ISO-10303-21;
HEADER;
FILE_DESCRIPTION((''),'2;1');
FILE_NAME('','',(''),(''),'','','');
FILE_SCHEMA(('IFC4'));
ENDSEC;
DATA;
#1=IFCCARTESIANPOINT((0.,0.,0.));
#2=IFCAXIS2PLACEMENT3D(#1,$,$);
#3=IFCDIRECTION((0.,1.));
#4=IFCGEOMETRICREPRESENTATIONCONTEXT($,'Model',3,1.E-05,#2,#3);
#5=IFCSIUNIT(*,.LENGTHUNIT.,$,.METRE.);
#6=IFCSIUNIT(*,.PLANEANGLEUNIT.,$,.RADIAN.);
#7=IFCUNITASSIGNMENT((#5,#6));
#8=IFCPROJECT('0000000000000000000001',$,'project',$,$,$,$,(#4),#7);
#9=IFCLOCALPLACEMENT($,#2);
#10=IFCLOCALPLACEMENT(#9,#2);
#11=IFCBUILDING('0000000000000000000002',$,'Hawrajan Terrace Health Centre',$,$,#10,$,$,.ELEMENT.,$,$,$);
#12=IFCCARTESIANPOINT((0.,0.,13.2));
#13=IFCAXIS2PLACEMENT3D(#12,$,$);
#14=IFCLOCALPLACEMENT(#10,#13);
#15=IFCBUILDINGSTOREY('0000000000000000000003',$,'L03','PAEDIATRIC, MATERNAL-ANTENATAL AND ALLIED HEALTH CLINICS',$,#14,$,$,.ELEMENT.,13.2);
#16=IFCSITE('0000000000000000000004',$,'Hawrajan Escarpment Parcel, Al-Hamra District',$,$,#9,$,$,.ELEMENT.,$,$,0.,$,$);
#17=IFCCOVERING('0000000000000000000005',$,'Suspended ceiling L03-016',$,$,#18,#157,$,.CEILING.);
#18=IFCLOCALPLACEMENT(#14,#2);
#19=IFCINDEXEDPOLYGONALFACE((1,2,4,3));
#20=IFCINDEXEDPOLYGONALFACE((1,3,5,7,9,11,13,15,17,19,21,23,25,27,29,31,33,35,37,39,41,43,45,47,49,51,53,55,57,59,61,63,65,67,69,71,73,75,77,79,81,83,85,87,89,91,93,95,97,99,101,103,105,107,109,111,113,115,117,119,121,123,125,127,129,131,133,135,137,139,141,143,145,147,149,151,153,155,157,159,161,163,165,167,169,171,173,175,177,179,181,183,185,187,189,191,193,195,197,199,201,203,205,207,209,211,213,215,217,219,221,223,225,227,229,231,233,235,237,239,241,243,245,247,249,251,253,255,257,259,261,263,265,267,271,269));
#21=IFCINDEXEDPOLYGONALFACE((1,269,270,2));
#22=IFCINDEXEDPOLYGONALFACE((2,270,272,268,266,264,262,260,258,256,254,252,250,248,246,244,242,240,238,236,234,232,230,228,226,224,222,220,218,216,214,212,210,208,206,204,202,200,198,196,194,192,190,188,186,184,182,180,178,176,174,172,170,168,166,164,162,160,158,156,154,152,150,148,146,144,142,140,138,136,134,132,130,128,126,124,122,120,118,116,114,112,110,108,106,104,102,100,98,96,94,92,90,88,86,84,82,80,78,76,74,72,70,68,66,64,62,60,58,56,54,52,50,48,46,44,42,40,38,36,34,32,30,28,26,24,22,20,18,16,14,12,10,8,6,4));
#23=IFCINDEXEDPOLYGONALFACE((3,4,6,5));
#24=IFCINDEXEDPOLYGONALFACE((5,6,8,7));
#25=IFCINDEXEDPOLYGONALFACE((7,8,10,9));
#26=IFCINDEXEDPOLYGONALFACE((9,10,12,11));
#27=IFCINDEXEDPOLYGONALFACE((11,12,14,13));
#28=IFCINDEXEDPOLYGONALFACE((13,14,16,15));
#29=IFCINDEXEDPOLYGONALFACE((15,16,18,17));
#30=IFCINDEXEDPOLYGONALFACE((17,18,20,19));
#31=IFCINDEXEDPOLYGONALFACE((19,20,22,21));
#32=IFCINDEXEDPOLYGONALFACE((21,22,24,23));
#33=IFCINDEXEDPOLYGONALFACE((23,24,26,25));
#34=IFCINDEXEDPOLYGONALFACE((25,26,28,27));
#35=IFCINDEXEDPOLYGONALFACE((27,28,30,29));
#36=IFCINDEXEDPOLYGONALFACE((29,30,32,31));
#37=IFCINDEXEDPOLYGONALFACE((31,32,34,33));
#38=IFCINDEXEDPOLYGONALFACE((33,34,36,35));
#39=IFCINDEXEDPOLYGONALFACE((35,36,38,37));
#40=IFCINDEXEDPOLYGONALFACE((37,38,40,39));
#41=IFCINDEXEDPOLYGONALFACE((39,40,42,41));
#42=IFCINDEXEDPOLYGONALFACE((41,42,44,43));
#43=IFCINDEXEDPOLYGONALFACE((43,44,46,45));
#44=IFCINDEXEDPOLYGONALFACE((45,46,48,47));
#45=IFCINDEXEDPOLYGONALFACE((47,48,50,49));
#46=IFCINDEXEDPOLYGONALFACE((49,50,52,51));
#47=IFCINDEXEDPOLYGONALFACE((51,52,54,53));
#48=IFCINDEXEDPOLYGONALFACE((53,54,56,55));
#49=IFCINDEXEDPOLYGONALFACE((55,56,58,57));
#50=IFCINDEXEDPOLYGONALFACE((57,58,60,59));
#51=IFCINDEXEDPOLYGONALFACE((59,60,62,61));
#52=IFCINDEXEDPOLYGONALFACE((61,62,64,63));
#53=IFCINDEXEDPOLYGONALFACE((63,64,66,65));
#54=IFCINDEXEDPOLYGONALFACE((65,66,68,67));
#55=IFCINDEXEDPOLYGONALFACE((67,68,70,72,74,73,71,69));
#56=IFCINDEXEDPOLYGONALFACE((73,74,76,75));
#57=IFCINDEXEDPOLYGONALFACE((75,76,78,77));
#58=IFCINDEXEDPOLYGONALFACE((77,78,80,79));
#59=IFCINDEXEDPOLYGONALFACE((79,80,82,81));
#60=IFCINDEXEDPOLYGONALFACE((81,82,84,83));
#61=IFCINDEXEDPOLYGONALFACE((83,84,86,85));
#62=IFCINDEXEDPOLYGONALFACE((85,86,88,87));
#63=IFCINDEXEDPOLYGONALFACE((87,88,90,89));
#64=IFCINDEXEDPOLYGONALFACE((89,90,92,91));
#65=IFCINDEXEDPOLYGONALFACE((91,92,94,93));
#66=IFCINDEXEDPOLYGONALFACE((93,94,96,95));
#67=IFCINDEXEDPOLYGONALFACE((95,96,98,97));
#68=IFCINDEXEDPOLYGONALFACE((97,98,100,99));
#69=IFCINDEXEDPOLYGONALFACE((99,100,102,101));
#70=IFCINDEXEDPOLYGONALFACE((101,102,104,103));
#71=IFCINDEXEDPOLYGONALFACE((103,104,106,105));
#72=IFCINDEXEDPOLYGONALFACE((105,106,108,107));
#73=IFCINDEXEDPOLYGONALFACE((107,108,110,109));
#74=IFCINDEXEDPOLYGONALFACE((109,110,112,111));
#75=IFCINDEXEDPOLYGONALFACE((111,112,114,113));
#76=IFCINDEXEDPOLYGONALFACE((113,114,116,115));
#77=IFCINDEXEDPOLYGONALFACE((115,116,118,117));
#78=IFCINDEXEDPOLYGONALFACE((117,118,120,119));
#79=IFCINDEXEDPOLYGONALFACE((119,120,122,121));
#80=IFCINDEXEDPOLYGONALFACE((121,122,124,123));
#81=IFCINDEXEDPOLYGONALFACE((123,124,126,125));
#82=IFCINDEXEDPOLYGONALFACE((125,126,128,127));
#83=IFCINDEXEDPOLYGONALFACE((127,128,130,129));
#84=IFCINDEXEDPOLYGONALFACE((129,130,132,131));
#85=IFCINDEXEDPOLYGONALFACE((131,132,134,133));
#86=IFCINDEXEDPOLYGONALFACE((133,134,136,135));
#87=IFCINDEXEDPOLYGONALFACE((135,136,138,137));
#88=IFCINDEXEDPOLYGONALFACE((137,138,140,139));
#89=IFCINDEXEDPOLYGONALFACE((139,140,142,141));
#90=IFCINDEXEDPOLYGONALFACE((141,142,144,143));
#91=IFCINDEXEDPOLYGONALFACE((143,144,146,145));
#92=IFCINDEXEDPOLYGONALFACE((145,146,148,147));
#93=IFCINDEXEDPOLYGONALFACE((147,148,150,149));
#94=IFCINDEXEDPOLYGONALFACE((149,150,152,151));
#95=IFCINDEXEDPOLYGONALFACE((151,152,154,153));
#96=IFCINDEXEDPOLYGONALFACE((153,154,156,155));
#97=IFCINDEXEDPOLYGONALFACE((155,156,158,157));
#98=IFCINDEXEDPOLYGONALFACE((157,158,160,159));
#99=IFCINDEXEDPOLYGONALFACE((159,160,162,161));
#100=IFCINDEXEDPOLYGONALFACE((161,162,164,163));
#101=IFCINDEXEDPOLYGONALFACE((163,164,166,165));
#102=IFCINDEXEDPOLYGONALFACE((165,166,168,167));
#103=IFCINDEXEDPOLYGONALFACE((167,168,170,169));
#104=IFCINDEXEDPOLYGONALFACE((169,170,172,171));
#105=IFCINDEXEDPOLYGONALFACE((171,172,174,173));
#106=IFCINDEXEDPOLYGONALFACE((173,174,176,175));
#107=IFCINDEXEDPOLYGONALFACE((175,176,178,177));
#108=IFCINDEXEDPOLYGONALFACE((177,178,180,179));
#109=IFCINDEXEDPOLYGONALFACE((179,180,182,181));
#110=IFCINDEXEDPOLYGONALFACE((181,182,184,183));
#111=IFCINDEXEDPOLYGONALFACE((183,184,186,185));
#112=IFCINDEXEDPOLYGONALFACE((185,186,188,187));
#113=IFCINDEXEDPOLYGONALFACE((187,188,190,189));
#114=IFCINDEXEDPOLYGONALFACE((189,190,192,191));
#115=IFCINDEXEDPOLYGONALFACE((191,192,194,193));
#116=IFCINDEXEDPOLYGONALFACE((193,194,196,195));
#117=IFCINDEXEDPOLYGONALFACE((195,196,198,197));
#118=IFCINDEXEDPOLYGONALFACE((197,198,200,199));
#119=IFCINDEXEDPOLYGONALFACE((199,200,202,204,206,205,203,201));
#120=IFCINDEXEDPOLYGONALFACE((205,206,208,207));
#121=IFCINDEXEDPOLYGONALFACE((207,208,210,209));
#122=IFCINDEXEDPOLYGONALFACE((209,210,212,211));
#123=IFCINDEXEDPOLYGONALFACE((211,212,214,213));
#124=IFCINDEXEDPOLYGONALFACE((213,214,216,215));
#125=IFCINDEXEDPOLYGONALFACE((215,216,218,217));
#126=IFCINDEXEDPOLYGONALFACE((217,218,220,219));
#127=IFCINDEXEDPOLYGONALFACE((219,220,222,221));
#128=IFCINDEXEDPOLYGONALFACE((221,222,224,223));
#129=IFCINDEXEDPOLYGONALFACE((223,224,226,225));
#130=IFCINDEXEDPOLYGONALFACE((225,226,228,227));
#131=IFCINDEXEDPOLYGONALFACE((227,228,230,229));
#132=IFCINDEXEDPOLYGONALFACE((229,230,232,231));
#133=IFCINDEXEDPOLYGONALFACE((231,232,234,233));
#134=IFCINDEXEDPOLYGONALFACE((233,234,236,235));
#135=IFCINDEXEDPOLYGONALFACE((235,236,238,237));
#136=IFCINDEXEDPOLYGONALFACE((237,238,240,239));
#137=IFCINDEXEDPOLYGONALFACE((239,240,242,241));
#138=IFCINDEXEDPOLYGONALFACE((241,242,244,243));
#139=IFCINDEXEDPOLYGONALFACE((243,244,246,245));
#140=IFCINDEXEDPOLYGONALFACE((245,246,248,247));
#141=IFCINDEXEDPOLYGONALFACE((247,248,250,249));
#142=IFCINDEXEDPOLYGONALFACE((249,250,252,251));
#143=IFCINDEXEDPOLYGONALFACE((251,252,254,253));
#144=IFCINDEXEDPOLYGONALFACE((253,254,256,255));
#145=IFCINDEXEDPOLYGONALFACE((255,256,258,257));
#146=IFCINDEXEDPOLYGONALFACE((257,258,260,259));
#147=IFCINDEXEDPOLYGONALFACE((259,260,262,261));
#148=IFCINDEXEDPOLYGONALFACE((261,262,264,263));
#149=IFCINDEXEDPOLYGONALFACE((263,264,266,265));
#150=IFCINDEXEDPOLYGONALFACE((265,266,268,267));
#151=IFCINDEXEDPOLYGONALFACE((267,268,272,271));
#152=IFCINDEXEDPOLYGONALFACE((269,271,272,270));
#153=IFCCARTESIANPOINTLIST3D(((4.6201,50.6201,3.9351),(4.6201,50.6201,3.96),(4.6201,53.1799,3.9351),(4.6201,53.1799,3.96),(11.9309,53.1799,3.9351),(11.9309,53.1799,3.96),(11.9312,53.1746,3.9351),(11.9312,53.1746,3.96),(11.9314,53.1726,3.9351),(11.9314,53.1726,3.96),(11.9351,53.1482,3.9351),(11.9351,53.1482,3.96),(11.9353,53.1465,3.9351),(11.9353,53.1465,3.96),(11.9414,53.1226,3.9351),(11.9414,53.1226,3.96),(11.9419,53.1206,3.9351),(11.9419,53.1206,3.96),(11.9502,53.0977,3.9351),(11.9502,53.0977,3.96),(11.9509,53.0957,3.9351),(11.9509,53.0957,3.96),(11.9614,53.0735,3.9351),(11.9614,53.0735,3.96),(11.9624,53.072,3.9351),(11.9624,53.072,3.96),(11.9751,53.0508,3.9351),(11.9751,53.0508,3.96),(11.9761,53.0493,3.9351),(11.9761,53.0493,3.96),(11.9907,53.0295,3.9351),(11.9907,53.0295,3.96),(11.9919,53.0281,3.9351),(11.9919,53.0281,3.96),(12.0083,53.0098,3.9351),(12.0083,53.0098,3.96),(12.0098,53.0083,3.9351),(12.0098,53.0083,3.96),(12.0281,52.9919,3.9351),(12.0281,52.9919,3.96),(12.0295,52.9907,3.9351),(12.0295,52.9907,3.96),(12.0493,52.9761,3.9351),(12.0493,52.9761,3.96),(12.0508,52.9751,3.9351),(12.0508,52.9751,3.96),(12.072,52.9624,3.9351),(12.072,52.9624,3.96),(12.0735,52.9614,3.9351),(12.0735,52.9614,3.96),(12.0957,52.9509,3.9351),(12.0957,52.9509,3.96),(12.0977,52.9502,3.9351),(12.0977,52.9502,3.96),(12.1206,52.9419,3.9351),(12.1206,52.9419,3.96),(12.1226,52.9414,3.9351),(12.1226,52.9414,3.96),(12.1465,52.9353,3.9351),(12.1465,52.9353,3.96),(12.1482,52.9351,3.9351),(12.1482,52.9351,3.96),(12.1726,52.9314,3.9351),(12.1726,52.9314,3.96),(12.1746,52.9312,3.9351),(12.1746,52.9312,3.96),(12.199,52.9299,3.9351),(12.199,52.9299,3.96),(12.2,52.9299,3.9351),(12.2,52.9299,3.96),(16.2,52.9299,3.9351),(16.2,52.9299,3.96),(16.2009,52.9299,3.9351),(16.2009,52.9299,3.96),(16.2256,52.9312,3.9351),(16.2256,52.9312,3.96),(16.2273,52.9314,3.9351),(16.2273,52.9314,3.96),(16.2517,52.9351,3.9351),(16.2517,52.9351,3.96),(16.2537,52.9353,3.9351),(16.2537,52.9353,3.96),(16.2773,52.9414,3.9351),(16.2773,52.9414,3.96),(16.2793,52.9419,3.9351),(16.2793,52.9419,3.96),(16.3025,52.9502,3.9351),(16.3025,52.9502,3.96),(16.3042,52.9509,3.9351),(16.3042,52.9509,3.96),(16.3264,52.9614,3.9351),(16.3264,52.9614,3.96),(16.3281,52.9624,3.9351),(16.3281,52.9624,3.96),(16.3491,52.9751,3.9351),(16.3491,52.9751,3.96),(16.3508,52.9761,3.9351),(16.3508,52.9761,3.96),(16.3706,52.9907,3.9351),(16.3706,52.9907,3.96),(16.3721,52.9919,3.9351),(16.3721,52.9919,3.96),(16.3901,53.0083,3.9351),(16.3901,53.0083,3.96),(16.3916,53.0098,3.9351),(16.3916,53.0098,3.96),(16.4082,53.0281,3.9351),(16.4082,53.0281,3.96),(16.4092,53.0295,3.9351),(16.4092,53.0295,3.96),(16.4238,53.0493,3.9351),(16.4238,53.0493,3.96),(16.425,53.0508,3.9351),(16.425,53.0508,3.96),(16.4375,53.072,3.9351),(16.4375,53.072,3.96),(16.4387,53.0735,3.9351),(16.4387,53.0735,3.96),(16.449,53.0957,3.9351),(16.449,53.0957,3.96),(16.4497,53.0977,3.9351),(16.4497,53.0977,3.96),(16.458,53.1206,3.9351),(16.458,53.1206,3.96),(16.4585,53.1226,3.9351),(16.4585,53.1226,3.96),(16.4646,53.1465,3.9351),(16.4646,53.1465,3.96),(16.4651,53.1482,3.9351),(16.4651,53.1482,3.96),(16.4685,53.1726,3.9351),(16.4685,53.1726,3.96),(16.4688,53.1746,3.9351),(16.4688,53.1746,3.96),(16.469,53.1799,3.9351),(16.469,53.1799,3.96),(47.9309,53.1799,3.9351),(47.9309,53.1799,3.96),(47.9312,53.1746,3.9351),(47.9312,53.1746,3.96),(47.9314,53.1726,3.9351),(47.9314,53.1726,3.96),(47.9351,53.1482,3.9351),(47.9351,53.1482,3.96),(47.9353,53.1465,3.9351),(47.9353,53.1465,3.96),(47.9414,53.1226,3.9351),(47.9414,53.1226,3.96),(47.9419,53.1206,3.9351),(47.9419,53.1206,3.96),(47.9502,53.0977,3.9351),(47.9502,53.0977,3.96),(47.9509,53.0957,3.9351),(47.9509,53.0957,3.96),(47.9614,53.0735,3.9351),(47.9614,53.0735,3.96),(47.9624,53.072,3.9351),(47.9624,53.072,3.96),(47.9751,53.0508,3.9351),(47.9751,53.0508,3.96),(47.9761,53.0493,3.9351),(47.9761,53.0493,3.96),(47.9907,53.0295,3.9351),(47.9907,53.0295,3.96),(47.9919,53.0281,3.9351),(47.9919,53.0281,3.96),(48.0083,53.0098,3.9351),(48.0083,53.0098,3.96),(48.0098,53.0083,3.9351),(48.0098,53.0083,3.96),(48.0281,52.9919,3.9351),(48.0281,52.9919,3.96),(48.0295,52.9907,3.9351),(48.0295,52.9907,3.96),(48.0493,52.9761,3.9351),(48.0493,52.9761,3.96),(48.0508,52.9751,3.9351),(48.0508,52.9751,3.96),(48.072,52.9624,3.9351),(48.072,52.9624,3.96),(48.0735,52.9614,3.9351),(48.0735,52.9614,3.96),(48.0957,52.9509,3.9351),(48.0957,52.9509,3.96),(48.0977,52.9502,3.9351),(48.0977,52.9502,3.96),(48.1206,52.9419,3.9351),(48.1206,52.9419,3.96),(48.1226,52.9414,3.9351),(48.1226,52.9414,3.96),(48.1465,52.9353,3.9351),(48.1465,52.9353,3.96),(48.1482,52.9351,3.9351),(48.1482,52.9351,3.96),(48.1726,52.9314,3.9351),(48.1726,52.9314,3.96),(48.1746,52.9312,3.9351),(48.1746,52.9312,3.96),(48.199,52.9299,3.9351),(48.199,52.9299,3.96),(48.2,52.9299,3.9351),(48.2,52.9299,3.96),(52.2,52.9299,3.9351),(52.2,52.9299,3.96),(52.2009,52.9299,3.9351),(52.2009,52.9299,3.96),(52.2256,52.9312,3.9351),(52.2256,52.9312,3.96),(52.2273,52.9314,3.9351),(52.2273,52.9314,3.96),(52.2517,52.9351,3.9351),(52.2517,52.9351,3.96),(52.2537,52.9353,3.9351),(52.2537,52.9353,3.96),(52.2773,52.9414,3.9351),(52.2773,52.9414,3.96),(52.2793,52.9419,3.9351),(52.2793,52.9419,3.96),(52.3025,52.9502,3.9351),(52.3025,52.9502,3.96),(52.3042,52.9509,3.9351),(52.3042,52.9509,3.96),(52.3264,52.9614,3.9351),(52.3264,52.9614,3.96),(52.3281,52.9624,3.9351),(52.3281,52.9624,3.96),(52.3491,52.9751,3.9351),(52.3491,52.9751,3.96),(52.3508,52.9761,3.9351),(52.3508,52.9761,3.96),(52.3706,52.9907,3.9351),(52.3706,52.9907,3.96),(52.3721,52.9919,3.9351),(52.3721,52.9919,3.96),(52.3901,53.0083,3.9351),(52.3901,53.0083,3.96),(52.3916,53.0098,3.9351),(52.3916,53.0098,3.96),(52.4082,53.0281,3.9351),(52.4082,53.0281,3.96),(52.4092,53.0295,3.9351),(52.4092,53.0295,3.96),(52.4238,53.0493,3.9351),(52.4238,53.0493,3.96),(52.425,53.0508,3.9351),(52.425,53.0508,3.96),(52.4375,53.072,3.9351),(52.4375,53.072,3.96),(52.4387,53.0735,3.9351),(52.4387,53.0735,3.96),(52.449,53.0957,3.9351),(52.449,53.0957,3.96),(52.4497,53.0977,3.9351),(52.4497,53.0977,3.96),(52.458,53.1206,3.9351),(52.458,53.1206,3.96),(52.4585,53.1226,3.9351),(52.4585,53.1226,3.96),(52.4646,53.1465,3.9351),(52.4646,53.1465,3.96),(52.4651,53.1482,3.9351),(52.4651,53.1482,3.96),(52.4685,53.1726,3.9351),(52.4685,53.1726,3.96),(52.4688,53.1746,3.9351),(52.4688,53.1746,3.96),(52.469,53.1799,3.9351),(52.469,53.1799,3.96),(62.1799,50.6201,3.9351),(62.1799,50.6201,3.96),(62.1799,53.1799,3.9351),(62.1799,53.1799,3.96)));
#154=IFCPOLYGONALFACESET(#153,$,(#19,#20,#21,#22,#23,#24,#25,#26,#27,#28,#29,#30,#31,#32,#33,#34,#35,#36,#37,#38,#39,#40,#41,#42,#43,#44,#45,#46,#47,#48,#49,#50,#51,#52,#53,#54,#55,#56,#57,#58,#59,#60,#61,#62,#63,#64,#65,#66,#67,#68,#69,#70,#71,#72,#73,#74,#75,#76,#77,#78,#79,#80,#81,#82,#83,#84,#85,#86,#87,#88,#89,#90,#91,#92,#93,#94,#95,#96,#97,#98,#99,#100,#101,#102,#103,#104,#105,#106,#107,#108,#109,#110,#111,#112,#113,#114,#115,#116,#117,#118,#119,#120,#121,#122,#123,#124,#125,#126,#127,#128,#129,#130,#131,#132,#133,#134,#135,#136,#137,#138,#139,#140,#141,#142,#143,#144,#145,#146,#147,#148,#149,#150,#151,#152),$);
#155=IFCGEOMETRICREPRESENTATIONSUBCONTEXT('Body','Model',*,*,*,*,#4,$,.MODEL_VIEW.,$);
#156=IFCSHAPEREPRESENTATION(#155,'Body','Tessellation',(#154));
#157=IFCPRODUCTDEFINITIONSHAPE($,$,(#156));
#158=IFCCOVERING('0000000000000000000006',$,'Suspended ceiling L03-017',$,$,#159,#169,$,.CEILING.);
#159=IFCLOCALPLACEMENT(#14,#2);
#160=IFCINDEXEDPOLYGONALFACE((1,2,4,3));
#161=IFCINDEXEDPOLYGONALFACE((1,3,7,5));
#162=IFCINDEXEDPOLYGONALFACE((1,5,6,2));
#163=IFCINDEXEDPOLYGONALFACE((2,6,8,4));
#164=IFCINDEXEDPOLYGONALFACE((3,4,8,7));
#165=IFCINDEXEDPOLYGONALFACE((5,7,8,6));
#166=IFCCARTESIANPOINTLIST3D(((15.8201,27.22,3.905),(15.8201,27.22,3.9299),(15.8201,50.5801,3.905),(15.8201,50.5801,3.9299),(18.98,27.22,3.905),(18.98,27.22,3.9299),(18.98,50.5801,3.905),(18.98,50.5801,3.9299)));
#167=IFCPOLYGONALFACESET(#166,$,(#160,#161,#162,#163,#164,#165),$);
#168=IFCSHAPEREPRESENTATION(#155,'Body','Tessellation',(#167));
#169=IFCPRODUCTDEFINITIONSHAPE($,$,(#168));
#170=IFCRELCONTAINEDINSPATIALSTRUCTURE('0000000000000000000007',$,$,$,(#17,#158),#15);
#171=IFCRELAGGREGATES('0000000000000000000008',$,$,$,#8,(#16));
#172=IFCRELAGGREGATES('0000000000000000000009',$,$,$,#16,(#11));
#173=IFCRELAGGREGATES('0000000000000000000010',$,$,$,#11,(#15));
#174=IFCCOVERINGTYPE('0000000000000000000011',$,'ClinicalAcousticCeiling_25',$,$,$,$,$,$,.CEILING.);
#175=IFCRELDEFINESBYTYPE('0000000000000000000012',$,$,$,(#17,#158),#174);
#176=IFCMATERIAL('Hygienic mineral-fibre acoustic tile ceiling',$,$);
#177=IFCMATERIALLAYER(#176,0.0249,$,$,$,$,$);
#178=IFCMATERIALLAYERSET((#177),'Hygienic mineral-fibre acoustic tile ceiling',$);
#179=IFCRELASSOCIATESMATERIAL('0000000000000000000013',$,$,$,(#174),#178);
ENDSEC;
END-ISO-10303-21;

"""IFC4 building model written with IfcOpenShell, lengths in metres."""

from ifc_helpers import new_model, si_unit, direction, frame, origin, place, context, subcontext, project, spatial, polyline, outline, extrude, material, layer, layer_set, type_object, element, save


model = new_model("IFC4")

# Units and contexts
model_context = context("Model", 3, precision=1e-05, world=origin(), true_north=direction((0.0, 1.0)))
body_context = subcontext(model_context, "Body", "Model", "MODEL_VIEW")
ifc_project = project(units=[si_unit("LENGTHUNIT", "METRE"), si_unit("PLANEANGLEUNIT", "RADIAN")], contexts=[model_context])

# Site, building, storey
site_placement = place(None, origin())
site = spatial("IfcSite", under=ifc_project, at=site_placement, Name="Hawrajan Escarpment Parcel, Al-Hamra District", CompositionType="ELEMENT", RefElevation=0.0)
building_placement = place(site_placement, origin())
building = spatial("IfcBuilding", under=site, at=building_placement, Name="Hawrajan Terrace Health Centre", CompositionType="ELEMENT")
storey_placement = place(building_placement, frame((0.0, 0.0, 13.2)))
storey = spatial("IfcBuildingStorey", under=building, at=storey_placement, Name="L03", Description="PAEDIATRIC, MATERNAL-ANTENATAL AND ALLIED HEALTH CLINICS", CompositionType="ELEMENT", Elevation=13.2)

# Coverings
ifc_material_1 = material(Name="Hygienic mineral-fibre acoustic tile ceiling")
ifc_layer_1 = layer(ifc_material_1, 0.0249)
ifc_layer_set_1 = layer_set([ifc_layer_1], Name="Hygienic mineral-fibre acoustic tile ceiling")
covering_type_1 = type_object("IfcCoveringType", Name="ClinicalAcousticCeiling_25", PredefinedType="CEILING", material=ifc_layer_set_1)
covering_1_placement = place(storey_placement, frame((0.0, 0.0, 3.9351)))
element("IfcCovering", 1, at=covering_1_placement, inside=storey, type_object=covering_type_1, Name="Suspended ceiling L03-016", PredefinedType="CEILING", context=body_context, shape_type="SweptSolid", body=[
    extrude(outline(polyline([(62.1799, 53.1799), (62.1799, 50.6201), (4.6201, 50.6201), (4.6201, 53.1799), (11.9309, 53.1799), (11.9312, 53.1746), (11.9314, 53.1726), (11.9351, 53.1482), (11.9353, 53.1465), (11.9414, 53.1226), (11.9419, 53.1206), (11.9502, 53.0977), (11.9509, 53.0957), (11.9614, 53.0735), (11.9624, 53.072), (11.9751, 53.0508), (11.9761, 53.0493), (11.9907, 53.0295), (11.9919, 53.0281), (12.0083, 53.0098), (12.0098, 53.0083), (12.0281, 52.9919), (12.0295, 52.9907), (12.0493, 52.9761), (12.0508, 52.9751), (12.072, 52.9624), (12.0735, 52.9614), (12.0957, 52.9509), (12.0977, 52.9502), (12.1206, 52.9419), (12.1226, 52.9414), (12.1465, 52.9353), (12.1482, 52.9351), (12.1726, 52.9314), (12.1746, 52.9312), (12.199, 52.9299), (12.2, 52.9299), (16.2, 52.9299), (16.2009, 52.9299), (16.2256, 52.9312), (16.2273, 52.9314), (16.2517, 52.9351), (16.2537, 52.9353), (16.2773, 52.9414), (16.2793, 52.9419), (16.3025, 52.9502), (16.3042, 52.9509), (16.3264, 52.9614), (16.3281, 52.9624), (16.3491, 52.9751), (16.3508, 52.9761), (16.3706, 52.9907), (16.3721, 52.9919), (16.3901, 53.0083), (16.3916, 53.0098), (16.4082, 53.0281), (16.4092, 53.0295), (16.4238, 53.0493), (16.425, 53.0508), (16.4375, 53.072), (16.4387, 53.0735), (16.449, 53.0957), (16.4497, 53.0977), (16.458, 53.1206), (16.4585, 53.1226), (16.4646, 53.1465), (16.4651, 53.1482), (16.4685, 53.1726), (16.4688, 53.1746), (16.469, 53.1799), (47.9309, 53.1799), (47.9312, 53.1746), (47.9314, 53.1726), (47.9351, 53.1482), (47.9353, 53.1465), (47.9414, 53.1226), (47.9419, 53.1206), (47.9502, 53.0977), (47.9509, 53.0957), (47.9614, 53.0735), (47.9624, 53.072), (47.9751, 53.0508), (47.9761, 53.0493), (47.9907, 53.0295), (47.9919, 53.0281), (48.0083, 53.0098), (48.0098, 53.0083), (48.0281, 52.9919), (48.0295, 52.9907), (48.0493, 52.9761), (48.0508, 52.9751), (48.072, 52.9624), (48.0735, 52.9614), (48.0957, 52.9509), (48.0977, 52.9502), (48.1206, 52.9419), (48.1226, 52.9414), (48.1465, 52.9353), (48.1482, 52.9351), (48.1726, 52.9314), (48.1746, 52.9312), (48.199, 52.9299), (48.2, 52.9299), (52.2, 52.9299), (52.2009, 52.9299), (52.2256, 52.9312), (52.2273, 52.9314), (52.2517, 52.9351), (52.2537, 52.9353), (52.2773, 52.9414), (52.2793, 52.9419), (52.3025, 52.9502), (52.3042, 52.9509), (52.3264, 52.9614), (52.3281, 52.9624), (52.3491, 52.9751), (52.3508, 52.9761), (52.3706, 52.9907), (52.3721, 52.9919), (52.3901, 53.0083), (52.3916, 53.0098), (52.4082, 53.0281), (52.4092, 53.0295), (52.4238, 53.0493), (52.425, 53.0508), (52.4375, 53.072), (52.4387, 53.0735), (52.449, 53.0957), (52.4497, 53.0977), (52.458, 53.1206), (52.4585, 53.1226), (52.4646, 53.1465), (52.4651, 53.1482), (52.4685, 53.1726), (52.4688, 53.1746), (52.469, 53.1799), (62.1799, 53.1799)])), origin(), (0.0, 0.0, 1.0), 0.0249),
])
covering_2_placement = place(storey_placement, frame((0.0, 0.0, 3.905)))
element("IfcCovering", 2, at=covering_2_placement, inside=storey, type_object=covering_type_1, Name="Suspended ceiling L03-017", PredefinedType="CEILING", context=body_context, shape_type="SweptSolid", body=[
    extrude(outline(polyline([(15.8201, 50.5801), (18.98, 50.5801), (18.98, 27.22), (15.8201, 27.22), (15.8201, 50.5801)])), origin(), (0.0, 0.0, 1.0), 0.0249),
])

save(model, "model.ifc")
